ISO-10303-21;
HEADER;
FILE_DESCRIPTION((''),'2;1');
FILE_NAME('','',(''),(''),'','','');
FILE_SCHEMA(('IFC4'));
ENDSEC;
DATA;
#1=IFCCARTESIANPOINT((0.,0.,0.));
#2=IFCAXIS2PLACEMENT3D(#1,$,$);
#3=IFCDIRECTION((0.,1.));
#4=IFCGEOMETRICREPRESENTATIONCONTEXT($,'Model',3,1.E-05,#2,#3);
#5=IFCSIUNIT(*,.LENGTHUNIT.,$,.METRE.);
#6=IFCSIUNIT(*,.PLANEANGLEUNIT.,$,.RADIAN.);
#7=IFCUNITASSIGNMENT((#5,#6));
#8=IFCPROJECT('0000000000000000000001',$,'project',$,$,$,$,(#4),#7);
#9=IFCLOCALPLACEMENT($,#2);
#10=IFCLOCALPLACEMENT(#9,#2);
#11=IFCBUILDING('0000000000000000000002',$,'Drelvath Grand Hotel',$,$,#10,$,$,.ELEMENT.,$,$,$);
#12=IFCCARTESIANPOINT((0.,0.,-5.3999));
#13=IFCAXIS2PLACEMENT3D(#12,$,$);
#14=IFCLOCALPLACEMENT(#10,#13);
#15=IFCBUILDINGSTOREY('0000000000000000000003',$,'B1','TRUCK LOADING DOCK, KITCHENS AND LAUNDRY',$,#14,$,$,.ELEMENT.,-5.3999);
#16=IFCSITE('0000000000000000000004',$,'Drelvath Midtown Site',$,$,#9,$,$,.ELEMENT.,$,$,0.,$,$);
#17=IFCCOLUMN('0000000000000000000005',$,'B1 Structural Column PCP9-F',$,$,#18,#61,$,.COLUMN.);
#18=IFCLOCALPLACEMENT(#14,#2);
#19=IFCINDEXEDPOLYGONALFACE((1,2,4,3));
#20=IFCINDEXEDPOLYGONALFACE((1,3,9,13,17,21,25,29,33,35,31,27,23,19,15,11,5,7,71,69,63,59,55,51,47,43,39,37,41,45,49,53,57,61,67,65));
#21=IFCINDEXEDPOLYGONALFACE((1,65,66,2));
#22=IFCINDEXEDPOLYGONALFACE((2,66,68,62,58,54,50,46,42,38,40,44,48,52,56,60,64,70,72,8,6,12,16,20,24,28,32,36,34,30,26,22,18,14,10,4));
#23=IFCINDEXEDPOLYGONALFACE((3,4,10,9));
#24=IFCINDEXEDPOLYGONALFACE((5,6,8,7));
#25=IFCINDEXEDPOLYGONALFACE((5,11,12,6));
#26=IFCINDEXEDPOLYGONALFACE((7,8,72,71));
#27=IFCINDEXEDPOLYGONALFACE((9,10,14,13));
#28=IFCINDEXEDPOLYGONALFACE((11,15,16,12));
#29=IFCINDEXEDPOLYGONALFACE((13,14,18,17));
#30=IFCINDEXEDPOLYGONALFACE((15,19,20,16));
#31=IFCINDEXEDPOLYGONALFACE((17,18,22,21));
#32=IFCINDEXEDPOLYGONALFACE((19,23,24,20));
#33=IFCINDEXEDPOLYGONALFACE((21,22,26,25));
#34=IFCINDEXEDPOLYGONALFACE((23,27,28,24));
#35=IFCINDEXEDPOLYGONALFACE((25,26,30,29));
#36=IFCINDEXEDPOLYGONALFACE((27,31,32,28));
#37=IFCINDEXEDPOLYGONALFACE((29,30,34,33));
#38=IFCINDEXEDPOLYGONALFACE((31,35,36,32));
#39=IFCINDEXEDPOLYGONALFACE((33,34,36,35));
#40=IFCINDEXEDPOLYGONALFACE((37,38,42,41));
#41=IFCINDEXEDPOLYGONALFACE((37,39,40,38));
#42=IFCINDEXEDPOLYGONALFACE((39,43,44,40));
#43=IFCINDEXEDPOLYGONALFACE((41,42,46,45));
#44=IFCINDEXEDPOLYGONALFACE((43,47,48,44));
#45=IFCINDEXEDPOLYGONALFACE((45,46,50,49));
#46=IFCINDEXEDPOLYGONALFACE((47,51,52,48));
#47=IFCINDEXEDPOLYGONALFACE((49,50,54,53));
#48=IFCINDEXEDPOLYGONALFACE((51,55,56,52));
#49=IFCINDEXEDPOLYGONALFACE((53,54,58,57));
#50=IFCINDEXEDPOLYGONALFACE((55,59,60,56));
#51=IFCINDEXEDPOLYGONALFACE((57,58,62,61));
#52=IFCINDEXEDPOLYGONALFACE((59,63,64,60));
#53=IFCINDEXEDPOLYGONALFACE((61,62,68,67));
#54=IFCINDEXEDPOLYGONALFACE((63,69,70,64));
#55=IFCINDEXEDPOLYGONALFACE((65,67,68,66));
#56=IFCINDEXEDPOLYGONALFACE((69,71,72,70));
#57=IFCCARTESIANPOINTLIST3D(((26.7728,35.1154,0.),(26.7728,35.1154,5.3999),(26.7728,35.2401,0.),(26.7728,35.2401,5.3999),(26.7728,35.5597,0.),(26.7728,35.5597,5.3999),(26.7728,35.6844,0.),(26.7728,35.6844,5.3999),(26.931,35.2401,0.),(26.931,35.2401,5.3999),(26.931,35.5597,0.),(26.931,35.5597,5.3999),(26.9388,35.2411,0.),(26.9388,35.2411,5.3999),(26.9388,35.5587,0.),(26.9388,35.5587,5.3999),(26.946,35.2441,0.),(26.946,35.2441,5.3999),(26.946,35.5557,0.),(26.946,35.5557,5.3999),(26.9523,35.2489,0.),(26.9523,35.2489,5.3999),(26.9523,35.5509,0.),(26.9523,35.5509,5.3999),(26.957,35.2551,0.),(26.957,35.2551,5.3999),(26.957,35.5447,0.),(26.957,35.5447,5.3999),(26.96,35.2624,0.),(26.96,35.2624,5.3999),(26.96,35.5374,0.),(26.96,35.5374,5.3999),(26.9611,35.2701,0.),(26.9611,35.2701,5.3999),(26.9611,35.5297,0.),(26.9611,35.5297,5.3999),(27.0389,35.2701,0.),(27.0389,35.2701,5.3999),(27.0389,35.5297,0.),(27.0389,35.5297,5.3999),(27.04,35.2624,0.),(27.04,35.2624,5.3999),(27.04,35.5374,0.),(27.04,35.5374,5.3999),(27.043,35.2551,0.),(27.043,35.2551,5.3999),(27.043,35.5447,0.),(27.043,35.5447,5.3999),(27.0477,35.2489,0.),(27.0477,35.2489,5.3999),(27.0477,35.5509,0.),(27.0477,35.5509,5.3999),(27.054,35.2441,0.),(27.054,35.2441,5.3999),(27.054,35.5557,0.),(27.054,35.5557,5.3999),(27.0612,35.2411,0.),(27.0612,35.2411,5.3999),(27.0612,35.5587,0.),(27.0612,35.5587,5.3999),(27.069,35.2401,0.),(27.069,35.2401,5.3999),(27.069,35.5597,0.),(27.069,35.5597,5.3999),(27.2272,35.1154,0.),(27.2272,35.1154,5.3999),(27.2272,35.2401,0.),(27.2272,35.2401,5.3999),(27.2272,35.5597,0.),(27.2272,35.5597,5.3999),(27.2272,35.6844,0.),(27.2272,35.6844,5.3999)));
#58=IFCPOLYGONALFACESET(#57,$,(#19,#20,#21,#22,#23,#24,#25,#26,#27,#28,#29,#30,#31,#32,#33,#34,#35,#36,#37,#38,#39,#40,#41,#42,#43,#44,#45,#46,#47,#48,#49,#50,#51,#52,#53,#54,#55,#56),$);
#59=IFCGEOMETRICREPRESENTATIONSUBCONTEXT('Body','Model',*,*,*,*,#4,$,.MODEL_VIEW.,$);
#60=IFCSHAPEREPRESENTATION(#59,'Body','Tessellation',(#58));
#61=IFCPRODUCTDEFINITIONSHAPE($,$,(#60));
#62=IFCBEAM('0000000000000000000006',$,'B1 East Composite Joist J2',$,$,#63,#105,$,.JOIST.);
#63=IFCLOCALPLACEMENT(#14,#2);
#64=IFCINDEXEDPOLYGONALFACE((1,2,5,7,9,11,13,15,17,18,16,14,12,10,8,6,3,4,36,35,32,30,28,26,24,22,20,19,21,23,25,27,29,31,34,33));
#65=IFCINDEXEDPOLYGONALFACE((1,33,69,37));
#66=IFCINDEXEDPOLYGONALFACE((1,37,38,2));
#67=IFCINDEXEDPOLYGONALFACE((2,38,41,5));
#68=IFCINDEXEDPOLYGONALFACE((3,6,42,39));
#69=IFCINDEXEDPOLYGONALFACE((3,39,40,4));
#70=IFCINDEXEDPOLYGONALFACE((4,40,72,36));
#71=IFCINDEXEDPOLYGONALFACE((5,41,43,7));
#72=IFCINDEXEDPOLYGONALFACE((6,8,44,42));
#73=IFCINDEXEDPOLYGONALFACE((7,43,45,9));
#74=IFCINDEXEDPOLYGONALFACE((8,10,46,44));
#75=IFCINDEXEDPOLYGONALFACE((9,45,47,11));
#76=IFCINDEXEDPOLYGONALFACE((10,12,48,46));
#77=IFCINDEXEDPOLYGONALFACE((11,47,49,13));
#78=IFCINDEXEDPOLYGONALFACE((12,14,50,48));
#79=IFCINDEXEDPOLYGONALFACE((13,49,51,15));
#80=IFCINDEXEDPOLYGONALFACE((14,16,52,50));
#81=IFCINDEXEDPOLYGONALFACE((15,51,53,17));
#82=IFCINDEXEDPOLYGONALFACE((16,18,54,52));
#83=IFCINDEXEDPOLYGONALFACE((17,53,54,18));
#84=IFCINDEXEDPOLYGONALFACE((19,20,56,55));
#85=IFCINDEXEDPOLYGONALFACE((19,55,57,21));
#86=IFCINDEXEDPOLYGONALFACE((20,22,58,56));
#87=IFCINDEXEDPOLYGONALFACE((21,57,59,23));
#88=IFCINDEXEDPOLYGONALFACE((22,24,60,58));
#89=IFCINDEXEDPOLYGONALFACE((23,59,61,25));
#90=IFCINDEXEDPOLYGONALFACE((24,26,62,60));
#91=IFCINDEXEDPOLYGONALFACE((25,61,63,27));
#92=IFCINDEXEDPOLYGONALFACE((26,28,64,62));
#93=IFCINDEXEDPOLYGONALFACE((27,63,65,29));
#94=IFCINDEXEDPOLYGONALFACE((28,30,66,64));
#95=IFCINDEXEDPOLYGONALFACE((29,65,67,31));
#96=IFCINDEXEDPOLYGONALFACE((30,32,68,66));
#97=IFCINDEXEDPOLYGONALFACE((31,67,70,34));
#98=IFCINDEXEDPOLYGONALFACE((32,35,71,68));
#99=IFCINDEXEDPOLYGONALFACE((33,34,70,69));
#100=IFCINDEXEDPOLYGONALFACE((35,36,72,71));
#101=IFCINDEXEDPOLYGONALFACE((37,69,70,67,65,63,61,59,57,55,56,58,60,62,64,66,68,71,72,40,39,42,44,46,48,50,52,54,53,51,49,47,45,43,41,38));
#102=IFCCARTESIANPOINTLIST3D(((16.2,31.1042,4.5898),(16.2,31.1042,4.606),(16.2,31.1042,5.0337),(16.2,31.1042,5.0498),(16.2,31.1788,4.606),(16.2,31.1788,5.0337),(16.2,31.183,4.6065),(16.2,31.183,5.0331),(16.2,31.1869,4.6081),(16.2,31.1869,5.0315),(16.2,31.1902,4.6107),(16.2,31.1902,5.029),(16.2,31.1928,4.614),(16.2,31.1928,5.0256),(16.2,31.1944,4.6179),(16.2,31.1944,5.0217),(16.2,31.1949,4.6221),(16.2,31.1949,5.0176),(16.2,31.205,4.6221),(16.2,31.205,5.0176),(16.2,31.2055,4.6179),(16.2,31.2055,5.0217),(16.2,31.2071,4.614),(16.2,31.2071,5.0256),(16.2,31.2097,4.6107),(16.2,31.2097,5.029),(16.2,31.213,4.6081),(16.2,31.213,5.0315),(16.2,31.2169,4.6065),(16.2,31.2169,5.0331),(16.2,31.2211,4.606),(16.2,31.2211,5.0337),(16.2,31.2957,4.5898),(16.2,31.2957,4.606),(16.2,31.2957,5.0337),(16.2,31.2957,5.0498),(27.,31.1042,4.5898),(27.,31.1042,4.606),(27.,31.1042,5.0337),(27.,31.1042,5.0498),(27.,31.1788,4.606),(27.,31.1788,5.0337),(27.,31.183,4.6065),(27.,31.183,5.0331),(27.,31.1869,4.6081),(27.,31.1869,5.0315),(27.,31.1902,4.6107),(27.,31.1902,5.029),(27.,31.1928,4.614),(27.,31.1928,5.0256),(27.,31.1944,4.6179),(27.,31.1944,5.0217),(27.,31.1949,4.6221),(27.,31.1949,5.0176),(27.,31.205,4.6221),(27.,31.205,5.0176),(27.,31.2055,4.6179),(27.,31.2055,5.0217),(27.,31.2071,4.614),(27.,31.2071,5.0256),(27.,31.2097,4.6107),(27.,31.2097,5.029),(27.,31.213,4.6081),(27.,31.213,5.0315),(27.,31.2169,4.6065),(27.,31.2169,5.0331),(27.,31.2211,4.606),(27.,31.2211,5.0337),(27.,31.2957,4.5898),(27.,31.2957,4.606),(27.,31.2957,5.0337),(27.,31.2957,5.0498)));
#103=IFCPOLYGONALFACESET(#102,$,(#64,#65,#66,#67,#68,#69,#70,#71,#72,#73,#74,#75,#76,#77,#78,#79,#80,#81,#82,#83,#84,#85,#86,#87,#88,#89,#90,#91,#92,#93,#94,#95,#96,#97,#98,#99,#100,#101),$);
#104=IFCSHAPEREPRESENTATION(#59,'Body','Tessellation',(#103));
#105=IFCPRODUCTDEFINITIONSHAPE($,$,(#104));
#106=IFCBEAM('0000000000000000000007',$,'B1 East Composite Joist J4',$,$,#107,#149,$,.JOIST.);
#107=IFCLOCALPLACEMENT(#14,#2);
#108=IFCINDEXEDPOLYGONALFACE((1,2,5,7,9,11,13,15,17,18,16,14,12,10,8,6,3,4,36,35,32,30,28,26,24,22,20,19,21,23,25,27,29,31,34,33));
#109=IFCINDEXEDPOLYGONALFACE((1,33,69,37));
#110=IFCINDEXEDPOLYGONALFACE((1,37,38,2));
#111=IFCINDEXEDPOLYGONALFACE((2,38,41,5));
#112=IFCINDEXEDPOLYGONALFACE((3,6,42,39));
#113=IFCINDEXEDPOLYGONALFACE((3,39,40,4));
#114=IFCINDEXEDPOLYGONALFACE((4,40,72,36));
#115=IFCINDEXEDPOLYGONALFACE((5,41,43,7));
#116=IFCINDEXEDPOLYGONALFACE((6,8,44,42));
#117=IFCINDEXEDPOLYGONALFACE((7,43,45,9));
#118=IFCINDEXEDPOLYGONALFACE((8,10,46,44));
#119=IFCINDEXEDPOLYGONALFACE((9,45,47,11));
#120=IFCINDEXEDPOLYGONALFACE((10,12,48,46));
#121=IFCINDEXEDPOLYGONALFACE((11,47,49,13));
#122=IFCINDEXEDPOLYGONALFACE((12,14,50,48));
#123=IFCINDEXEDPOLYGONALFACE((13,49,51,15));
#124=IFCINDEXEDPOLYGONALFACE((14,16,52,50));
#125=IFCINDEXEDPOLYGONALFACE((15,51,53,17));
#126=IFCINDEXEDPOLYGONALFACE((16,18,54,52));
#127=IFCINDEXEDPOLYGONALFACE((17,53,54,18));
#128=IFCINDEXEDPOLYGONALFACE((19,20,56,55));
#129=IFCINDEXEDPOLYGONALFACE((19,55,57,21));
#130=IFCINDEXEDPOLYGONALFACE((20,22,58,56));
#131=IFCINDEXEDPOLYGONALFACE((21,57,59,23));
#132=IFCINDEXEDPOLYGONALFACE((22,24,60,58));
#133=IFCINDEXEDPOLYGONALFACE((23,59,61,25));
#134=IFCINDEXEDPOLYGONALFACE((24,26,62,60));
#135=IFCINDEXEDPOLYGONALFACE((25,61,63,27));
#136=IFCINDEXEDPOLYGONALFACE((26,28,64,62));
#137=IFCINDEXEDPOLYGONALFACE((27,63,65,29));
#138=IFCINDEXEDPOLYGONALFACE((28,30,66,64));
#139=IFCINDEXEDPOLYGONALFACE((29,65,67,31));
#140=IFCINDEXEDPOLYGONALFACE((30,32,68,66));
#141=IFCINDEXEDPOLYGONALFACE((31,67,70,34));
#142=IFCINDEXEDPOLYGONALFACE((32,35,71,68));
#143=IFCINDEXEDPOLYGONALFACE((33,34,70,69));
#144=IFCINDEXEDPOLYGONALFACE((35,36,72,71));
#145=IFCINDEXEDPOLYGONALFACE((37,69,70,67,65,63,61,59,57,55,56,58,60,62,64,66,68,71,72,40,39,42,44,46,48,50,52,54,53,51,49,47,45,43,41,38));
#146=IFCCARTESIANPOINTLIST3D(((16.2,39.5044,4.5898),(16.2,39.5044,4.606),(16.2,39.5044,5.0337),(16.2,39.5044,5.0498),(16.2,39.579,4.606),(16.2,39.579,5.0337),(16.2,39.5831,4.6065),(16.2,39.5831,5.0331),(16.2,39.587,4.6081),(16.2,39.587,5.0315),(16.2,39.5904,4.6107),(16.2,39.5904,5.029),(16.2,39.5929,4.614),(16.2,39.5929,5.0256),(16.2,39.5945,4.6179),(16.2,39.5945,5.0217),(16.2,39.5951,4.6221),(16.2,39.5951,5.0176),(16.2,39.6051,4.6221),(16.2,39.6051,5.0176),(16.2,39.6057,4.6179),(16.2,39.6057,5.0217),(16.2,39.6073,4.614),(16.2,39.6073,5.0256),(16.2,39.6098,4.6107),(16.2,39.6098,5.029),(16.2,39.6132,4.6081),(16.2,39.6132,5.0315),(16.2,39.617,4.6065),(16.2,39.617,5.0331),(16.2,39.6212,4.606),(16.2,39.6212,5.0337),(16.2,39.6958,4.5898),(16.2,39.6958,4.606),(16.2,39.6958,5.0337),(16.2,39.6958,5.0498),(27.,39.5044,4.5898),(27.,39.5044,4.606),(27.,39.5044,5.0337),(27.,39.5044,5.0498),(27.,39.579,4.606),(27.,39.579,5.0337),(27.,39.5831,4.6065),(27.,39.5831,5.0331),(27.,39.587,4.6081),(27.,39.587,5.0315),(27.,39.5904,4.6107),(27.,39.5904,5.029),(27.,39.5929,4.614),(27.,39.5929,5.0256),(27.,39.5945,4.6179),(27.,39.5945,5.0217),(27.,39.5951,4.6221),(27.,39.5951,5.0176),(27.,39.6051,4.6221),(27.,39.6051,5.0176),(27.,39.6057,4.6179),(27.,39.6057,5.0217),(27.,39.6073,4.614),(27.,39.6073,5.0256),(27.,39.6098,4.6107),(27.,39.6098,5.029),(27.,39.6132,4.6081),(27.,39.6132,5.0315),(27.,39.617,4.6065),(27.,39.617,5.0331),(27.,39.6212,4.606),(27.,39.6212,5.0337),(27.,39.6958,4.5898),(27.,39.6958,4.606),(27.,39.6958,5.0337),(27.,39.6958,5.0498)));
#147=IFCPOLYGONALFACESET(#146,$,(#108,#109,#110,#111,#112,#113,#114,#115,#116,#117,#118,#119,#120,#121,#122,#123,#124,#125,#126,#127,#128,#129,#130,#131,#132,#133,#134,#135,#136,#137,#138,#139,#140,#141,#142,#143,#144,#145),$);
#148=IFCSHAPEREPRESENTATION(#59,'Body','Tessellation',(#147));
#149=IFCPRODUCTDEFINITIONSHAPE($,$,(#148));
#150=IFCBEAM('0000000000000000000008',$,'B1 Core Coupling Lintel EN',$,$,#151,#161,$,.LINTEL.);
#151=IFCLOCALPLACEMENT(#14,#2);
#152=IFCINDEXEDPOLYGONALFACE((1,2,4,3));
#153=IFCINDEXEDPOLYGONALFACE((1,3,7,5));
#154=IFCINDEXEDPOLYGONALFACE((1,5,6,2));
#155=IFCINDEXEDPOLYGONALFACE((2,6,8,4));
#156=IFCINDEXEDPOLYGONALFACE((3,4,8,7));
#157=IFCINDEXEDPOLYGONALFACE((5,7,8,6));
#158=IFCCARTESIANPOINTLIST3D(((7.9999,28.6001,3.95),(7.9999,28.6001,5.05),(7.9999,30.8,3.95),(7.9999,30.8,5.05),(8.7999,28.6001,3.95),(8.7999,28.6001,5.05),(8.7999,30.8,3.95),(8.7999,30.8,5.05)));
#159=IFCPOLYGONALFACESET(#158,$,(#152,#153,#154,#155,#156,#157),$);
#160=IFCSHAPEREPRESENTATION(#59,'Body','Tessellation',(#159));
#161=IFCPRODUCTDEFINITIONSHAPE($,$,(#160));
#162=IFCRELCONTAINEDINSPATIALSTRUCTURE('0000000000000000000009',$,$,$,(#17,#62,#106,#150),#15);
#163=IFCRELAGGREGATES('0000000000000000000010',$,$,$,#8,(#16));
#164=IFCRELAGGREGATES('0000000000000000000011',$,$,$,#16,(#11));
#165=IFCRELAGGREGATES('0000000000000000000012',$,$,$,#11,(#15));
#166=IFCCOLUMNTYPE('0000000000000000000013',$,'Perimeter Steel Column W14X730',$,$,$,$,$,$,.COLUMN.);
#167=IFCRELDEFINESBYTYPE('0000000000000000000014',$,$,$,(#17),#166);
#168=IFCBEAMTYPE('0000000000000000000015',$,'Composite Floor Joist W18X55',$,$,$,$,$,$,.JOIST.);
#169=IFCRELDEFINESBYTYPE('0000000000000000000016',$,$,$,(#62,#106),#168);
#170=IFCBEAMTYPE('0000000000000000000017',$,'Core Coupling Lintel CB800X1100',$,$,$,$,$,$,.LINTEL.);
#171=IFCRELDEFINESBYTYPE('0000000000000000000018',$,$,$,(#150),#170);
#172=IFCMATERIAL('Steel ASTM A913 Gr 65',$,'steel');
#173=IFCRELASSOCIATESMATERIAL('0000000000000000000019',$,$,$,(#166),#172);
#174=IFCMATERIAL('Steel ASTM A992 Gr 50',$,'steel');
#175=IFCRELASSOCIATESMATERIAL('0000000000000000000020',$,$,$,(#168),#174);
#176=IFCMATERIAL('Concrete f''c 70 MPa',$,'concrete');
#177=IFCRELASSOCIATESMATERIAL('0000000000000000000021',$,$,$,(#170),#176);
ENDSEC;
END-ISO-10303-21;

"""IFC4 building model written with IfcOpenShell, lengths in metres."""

from ifc_helpers import new_model, si_unit, direction, frame, origin, origin_2d, place, context, subcontext, project, spatial, rectangle, i_section, extrude, material, material_profile, profile_set, type_object, element, save


model = new_model("IFC4")

# Units and contexts
model_context = context("Model", 3, precision=1e-05, world=origin(), true_north=direction((0.0, 1.0)))
body_context = subcontext(model_context, "Body", "Model", "MODEL_VIEW")
ifc_project = project(units=[si_unit("LENGTHUNIT", "METRE"), si_unit("PLANEANGLEUNIT", "RADIAN")], contexts=[model_context])

# Site, building, storey
site_placement = place(None, origin())
site = spatial("IfcSite", under=ifc_project, at=site_placement, Name="Drelvath Midtown Site", CompositionType="ELEMENT", RefElevation=0.0)
building_placement = place(site_placement, origin())
building = spatial("IfcBuilding", under=site, at=building_placement, Name="Drelvath Grand Hotel", CompositionType="ELEMENT")
storey_placement = place(building_placement, frame((0.0, 0.0, -5.3999)))
storey = spatial("IfcBuildingStorey", under=building, at=storey_placement, Name="B1", Description="TRUCK LOADING DOCK, KITCHENS AND LAUNDRY", CompositionType="ELEMENT", Elevation=-5.3999)

# Column
ifc_material_1 = material(Name="Concrete f'c 70 MPa", Category="concrete")
ifc_material_2 = material(Name="Steel ASTM A913 Gr 65", Category="steel")
ifc_material_profile_1 = material_profile(ifc_material_2, i_section(OverallWidth=0.4543, OverallDepth=0.5691, WebThickness=0.0779, FlangeThickness=0.1248, FilletRadius=0.03, at=origin_2d()), Name="W14X730")
ifc_profile_set_1 = profile_set([ifc_material_profile_1], Name="Steel ASTM A913 Gr 65")
column_type_1 = type_object("IfcColumnType", Name="Perimeter Steel Column W14X730", PredefinedType="COLUMN", material=ifc_profile_set_1)
column_1_placement = place(storey_placement, frame((27.0, 35.3999, 0.0), z_axis=(0.0, 0.0, 1.0), x_axis=(1.0, 0.0, 0.0)))
element("IfcColumn", 1, at=column_1_placement, inside=storey, type_object=column_type_1, Name="B1 Structural Column PCP9-F", PredefinedType="COLUMN", context=body_context, shape_type="SweptSolid", body=[
    extrude(i_section(OverallWidth=0.4543, OverallDepth=0.5691, WebThickness=0.0779, FlangeThickness=0.1248, FilletRadius=0.03, at=origin_2d()), origin(), (0.0, 0.0, 1.0), 5.3999),
])

# Beams
ifc_material_3 = material(Name="Steel ASTM A992 Gr 50", Category="steel")
ifc_material_profile_2 = material_profile(ifc_material_3, i_section(OverallWidth=0.1914, OverallDepth=0.46, WebThickness=0.01, FlangeThickness=0.0161, FilletRadius=0.0161, at=origin_2d()), Name="W18X55")
ifc_profile_set_2 = profile_set([ifc_material_profile_2], Name="Steel ASTM A992 Gr 50")
beam_type_1 = type_object("IfcBeamType", Name="Composite Floor Joist W18X55", PredefinedType="JOIST", material=ifc_profile_set_2)
for number, where, z_axis, x_axis, name in (
    (2, (16.2, 31.2, 4.8198), (1.0, 0.0, 0.0), (0.0, 1.0, 0.0), "B1 East Composite Joist J2"),
    (3, (16.2, 39.6001, 4.8198), (1.0, 0.0, 0.0), (0.0, 1.0, 0.0), "B1 East Composite Joist J4"),
):
    element("IfcBeam", number, at=place(storey_placement, frame(where, z_axis=z_axis, x_axis=x_axis)), inside=storey, type_object=beam_type_1, Name=name, PredefinedType="JOIST", context=body_context, shape_type="SweptSolid", body=[
        extrude(i_section(OverallWidth=0.1914, OverallDepth=0.46, WebThickness=0.01, FlangeThickness=0.0161, FilletRadius=0.0161, at=origin_2d()), origin(), (0.0, 0.0, 1.0), 10.8),
    ])
ifc_material_profile_3 = material_profile(ifc_material_1, rectangle(XDim=0.8, YDim=1.1001, at=origin_2d()), Name="CB800X1100")
ifc_profile_set_3 = profile_set([ifc_material_profile_3], Name="Concrete f'c 70 MPa")
beam_type_2 = type_object("IfcBeamType", Name="Core Coupling Lintel CB800X1100", PredefinedType="LINTEL", material=ifc_profile_set_3)
beam_1_placement = place(storey_placement, frame((8.3999, 28.6001, 4.5), z_axis=(0.0, 1.0, 0.0), x_axis=(-1.0, 0.0, 0.0)))
element("IfcBeam", 4, at=beam_1_placement, inside=storey, type_object=beam_type_2, Name="B1 Core Coupling Lintel EN", PredefinedType="LINTEL", context=body_context, shape_type="SweptSolid", body=[
    extrude(rectangle(XDim=0.8, YDim=1.1001, at=origin_2d()), origin(), (0.0, 0.0, 1.0), 2.2),
])

save(model, "model.ifc")
